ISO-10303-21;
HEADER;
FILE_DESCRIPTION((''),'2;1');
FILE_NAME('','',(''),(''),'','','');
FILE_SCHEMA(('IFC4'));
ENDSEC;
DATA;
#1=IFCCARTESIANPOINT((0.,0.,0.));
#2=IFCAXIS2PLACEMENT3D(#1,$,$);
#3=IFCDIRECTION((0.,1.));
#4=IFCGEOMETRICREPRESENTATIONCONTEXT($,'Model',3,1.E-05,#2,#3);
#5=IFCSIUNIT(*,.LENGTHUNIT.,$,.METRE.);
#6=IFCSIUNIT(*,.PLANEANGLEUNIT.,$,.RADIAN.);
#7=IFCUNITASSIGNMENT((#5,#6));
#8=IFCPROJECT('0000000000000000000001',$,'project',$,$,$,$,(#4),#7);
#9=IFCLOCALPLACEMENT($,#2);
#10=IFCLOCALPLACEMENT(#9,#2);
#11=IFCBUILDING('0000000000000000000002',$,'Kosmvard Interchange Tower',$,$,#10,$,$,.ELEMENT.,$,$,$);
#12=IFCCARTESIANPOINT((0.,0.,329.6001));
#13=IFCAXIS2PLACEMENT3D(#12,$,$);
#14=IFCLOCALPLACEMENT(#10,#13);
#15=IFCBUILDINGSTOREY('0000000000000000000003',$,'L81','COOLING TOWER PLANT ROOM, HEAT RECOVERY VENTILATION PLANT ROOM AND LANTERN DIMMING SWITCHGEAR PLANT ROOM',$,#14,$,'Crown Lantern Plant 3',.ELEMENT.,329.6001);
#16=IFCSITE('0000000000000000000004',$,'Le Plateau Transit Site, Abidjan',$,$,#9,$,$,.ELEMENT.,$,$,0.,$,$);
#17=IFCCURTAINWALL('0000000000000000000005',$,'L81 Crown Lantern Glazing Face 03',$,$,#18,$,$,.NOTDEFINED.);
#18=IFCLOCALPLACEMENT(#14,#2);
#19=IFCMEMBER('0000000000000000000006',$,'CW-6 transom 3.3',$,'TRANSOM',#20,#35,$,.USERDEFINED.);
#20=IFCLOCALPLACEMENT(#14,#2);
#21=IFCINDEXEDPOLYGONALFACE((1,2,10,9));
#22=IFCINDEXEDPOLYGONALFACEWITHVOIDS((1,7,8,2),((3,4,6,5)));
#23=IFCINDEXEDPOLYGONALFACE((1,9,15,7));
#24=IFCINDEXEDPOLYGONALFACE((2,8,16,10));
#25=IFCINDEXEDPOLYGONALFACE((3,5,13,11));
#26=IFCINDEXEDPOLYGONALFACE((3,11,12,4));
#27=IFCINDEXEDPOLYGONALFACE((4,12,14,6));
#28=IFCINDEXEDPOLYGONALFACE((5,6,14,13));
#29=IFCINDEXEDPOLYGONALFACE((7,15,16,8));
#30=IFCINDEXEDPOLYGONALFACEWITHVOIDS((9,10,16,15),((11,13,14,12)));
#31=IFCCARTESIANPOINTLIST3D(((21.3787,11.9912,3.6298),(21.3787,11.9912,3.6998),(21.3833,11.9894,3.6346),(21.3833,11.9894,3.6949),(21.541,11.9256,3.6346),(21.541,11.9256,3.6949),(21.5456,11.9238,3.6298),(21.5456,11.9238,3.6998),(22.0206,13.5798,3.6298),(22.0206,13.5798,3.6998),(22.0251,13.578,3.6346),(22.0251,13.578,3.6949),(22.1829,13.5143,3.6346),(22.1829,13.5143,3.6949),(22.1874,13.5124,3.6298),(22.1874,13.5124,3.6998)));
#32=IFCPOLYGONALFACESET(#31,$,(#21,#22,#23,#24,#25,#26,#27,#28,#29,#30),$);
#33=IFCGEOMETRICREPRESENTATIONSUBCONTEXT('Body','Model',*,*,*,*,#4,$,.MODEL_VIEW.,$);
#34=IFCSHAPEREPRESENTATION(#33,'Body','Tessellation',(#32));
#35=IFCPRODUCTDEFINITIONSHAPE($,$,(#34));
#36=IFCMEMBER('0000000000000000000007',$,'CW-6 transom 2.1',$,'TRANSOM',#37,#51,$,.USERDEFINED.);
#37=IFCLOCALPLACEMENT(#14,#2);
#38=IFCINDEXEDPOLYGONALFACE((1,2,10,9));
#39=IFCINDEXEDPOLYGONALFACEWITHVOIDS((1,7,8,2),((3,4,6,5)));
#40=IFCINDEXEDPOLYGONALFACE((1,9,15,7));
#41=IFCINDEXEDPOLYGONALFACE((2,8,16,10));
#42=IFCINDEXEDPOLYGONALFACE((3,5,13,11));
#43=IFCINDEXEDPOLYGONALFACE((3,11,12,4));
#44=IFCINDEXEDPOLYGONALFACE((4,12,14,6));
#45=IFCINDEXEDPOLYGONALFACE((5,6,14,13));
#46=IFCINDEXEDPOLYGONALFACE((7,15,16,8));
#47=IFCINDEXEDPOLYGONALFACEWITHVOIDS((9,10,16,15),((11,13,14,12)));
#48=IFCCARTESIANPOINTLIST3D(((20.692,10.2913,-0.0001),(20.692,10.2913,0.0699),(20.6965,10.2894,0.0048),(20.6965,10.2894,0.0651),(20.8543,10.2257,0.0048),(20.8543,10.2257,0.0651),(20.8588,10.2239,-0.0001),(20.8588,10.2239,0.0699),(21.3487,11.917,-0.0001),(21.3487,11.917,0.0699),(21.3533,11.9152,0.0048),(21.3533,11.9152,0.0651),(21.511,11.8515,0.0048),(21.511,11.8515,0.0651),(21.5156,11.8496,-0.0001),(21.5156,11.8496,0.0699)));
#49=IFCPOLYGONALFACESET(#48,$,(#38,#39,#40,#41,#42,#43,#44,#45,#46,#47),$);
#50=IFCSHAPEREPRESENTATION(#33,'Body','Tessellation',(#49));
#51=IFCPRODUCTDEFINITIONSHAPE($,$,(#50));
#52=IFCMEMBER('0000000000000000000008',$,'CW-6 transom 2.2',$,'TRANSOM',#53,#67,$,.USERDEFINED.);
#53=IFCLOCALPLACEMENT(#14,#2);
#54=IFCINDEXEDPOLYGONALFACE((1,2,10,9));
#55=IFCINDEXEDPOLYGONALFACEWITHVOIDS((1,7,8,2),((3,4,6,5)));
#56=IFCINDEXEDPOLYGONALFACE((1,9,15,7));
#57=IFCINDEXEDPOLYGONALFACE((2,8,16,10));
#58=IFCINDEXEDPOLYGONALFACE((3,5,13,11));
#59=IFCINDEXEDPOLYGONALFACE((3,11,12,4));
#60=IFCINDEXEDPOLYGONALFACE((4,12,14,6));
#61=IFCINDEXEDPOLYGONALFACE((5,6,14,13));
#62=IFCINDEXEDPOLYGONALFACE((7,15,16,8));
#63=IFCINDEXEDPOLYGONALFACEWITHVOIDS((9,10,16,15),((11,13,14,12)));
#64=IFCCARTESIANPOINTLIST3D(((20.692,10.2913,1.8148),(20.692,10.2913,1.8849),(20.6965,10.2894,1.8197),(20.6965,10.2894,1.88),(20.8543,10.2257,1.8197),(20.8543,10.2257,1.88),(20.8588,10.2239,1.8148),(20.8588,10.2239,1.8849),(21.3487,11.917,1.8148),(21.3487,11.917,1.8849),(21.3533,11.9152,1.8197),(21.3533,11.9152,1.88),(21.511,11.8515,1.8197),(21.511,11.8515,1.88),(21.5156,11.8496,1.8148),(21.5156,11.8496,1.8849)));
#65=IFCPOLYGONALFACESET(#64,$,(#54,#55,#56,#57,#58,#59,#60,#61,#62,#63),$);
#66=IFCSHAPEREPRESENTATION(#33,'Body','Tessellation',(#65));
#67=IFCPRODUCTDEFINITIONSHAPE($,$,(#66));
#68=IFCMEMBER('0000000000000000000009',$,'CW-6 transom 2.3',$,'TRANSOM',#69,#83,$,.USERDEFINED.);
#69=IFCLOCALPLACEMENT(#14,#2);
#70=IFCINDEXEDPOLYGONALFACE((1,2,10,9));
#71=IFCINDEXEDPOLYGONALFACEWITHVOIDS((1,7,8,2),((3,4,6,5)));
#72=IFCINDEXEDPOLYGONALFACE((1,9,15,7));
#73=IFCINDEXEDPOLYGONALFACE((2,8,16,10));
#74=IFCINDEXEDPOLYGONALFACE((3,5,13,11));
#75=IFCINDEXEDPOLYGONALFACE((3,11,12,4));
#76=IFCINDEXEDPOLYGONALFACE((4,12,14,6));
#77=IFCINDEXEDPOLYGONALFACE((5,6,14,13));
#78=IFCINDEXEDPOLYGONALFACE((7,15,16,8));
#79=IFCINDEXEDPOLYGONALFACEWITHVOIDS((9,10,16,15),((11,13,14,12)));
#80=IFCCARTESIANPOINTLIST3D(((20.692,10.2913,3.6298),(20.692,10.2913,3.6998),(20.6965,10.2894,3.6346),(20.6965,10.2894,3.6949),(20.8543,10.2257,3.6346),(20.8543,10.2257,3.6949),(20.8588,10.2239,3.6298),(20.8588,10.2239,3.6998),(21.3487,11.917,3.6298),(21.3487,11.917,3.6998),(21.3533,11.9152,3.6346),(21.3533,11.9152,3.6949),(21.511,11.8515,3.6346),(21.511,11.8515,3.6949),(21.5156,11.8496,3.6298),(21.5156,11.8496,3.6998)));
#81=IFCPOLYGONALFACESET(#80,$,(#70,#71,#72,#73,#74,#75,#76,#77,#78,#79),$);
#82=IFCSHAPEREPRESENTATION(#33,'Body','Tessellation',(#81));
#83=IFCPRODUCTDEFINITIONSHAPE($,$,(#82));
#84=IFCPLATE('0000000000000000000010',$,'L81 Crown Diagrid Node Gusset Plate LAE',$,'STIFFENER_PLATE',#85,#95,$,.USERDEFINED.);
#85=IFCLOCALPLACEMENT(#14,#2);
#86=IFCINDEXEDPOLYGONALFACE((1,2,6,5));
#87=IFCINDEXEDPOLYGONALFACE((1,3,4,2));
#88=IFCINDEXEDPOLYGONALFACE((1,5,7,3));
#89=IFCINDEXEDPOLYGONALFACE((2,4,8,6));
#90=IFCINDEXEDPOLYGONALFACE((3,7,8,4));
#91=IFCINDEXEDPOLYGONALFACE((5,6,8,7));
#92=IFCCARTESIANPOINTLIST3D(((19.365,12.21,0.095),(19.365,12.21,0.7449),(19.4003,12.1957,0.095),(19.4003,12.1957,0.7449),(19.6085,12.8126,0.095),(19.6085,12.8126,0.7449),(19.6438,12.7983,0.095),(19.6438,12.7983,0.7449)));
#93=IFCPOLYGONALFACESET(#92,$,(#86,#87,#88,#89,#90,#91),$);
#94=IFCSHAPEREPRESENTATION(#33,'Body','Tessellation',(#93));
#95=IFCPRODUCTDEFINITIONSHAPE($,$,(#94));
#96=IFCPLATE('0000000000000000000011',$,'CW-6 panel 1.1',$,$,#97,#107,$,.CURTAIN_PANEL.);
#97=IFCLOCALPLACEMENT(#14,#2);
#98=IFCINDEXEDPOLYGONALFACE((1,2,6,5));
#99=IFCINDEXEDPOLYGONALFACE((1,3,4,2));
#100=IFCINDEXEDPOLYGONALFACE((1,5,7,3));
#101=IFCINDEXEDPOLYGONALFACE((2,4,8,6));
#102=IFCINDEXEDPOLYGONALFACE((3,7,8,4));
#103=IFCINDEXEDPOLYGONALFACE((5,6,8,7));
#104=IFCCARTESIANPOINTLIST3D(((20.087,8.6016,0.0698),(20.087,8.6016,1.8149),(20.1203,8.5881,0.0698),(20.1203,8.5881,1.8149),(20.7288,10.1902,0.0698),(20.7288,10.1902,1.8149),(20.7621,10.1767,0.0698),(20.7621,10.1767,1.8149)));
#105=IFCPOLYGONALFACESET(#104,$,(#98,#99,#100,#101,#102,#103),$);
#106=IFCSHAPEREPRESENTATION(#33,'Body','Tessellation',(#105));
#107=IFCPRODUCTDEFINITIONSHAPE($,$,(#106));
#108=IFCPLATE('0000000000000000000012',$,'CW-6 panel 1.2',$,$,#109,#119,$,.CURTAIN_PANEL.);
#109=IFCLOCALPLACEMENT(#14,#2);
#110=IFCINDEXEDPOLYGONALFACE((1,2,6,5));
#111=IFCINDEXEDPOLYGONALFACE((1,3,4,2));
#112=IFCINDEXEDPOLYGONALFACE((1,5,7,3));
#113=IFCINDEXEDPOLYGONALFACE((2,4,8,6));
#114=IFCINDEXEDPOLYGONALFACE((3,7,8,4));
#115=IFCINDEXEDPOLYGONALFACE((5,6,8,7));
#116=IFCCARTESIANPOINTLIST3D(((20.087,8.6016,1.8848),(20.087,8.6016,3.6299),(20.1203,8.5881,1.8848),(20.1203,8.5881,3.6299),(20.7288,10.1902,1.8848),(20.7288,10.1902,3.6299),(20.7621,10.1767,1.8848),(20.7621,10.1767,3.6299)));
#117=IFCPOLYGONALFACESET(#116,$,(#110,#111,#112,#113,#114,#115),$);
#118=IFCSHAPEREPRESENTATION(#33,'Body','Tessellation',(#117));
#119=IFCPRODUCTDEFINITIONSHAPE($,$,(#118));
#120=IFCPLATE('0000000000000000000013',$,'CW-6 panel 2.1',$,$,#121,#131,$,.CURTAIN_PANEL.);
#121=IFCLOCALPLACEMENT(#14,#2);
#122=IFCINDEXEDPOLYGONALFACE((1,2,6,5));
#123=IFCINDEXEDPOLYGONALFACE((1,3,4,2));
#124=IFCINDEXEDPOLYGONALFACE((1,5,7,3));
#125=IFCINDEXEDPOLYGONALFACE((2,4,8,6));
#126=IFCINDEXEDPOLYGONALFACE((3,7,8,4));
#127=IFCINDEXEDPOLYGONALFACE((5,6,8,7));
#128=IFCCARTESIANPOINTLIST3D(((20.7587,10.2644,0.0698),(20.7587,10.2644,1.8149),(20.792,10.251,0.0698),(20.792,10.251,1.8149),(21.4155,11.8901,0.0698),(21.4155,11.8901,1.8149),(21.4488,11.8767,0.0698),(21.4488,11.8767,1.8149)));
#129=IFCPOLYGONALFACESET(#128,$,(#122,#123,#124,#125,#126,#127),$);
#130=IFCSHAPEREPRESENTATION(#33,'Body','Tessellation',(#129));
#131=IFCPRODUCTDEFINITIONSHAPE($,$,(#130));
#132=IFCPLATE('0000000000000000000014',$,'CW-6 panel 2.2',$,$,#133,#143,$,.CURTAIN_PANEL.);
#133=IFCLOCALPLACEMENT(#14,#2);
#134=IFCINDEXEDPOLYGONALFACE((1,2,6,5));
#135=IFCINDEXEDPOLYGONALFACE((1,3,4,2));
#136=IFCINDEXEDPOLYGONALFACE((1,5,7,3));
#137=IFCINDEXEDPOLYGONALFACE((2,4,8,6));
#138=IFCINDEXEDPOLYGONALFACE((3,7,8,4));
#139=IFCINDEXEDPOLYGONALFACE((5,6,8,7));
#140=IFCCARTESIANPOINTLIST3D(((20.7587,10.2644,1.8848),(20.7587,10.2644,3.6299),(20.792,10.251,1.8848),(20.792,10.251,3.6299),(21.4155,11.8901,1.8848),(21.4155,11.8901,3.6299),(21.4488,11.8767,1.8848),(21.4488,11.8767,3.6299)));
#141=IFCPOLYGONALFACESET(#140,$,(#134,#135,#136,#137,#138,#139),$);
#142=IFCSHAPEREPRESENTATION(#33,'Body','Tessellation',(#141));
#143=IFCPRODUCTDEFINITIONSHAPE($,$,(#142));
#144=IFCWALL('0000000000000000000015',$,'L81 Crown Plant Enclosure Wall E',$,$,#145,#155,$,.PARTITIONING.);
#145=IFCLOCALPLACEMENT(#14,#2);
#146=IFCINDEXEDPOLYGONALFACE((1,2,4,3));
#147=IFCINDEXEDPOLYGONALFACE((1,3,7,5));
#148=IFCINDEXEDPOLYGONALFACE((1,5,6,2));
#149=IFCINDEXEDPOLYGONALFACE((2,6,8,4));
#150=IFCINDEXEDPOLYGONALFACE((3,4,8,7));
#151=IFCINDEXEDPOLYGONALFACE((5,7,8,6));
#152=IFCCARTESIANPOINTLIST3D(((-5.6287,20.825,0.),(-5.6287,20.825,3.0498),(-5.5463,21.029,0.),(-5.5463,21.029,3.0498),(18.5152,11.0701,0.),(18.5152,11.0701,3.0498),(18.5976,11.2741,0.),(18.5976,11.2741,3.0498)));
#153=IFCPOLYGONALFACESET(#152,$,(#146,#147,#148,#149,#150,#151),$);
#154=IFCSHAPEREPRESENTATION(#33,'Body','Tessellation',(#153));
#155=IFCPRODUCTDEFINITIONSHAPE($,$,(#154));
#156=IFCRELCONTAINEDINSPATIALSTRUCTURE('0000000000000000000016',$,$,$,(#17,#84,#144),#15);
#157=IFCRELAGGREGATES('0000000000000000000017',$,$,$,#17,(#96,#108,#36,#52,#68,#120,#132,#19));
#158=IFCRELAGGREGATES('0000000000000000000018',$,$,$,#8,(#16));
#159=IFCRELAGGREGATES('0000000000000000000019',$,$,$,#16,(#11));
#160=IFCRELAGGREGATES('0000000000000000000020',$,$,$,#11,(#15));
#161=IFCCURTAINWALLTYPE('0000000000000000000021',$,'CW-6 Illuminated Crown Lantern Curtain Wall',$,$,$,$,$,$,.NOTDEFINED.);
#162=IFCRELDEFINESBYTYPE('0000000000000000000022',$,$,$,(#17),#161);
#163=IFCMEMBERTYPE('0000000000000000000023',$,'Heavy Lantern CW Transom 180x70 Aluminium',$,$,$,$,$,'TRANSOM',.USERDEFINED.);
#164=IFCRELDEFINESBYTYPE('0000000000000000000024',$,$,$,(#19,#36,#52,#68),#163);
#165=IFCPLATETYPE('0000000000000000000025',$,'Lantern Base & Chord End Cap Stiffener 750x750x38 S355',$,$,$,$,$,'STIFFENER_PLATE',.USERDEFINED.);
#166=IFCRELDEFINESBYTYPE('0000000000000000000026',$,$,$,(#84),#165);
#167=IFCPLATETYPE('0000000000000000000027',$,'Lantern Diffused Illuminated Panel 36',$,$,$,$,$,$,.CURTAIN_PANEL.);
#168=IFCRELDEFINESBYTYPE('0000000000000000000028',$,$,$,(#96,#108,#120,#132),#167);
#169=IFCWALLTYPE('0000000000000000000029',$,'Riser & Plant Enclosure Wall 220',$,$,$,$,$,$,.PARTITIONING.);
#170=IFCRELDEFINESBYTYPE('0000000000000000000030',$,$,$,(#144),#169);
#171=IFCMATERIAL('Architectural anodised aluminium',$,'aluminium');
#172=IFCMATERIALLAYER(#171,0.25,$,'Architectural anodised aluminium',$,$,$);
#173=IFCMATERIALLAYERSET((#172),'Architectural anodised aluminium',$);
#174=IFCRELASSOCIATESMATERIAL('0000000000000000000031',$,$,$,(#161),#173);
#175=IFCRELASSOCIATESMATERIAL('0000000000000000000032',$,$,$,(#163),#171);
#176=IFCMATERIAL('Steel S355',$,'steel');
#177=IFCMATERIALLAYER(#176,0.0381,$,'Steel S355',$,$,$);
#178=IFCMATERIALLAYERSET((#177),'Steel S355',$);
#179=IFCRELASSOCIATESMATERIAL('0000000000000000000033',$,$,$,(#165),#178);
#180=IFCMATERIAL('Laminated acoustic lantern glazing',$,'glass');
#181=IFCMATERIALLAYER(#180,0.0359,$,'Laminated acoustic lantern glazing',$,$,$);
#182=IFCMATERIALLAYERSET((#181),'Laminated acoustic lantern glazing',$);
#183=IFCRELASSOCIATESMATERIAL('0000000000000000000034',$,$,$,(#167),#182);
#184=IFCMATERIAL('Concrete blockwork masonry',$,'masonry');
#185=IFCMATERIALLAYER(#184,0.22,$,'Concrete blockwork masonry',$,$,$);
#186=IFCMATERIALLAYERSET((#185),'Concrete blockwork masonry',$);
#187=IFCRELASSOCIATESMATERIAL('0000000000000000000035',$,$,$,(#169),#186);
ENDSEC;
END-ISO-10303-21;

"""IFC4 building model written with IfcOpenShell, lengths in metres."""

from ifc_helpers import new_model, si_unit, direction, frame, frame_2d, origin, origin_2d, place, context, subcontext, project, spatial, rectangle, hollow_rectangle, extrude, source, transform, mapped, material, layer, layer_set, material_profile, profile_set, type_object, element, aggregate, save


model = new_model("IFC4")

# Units and contexts
model_context = context("Model", 3, precision=1e-05, world=origin(), true_north=direction((0.0, 1.0)))
body_context = subcontext(model_context, "Body", "Model", "MODEL_VIEW")
ifc_project = project(units=[si_unit("LENGTHUNIT", "METRE"), si_unit("PLANEANGLEUNIT", "RADIAN")], contexts=[model_context])

# Site, building, storey
site_placement = place(None, origin())
site = spatial("IfcSite", under=ifc_project, at=site_placement, Name="Le Plateau Transit Site, Abidjan", CompositionType="ELEMENT", RefElevation=0.0)
building_placement = place(site_placement, origin())
building = spatial("IfcBuilding", under=site, at=building_placement, Name="Kosmvard Interchange Tower", CompositionType="ELEMENT")
storey_placement = place(building_placement, frame((0.0, 0.0, 329.6001)))
storey = spatial("IfcBuildingStorey", under=building, at=storey_placement, Name="L81", Description="COOLING TOWER PLANT ROOM, HEAT RECOVERY VENTILATION PLANT ROOM AND LANTERN DIMMING SWITCHGEAR PLANT ROOM", LongName="Crown Lantern Plant 3", CompositionType="ELEMENT", Elevation=329.6001)

# Shared definitions
ifc_material_1 = material(Name="Steel S355", Category="steel")

# Curtain wall, members
ifc_material_2 = material(Name="Architectural anodised aluminium", Category="aluminium")
ifc_layer_1 = layer(ifc_material_2, 0.25, Name="Architectural anodised aluminium")
ifc_layer_set_1 = layer_set([ifc_layer_1], Name="Architectural anodised aluminium")
curtain_wall_type = type_object("IfcCurtainWallType", Name="CW-6 Illuminated Crown Lantern Curtain Wall", PredefinedType="NOTDEFINED", material=ifc_layer_set_1)
curtain_wall_placement = place(storey_placement, origin())
curtain_wall = element("IfcCurtainWall", 1, at=curtain_wall_placement, inside=storey, type_object=curtain_wall_type, Name="L81 Crown Lantern Glazing Face 03", PredefinedType="NOTDEFINED")
ifc_material_profile_1 = material_profile(ifc_material_2, hollow_rectangle(XDim=0.1799, YDim=0.0701, WallThickness=0.0049, at=origin_2d()), Name="CWT 180x70x5")
ifc_profile_set_1 = profile_set([ifc_material_profile_1], Name="Architectural anodised aluminium")
member_type_1 = type_object("IfcMemberType", Name="Heavy Lantern CW Transom 180x70 Aluminium", ElementType="TRANSOM", PredefinedType="USERDEFINED", material=ifc_profile_set_1)
shared_shape_1 = source(origin(), body_context, "Body", "SweptSolid", [
    extrude(hollow_rectangle(XDim=0.1799, YDim=0.0701, WallThickness=0.0049, at=origin_2d()), origin(), (0.0, 0.0, 1.0), 1.7134),
])
member_1_placement = place(storey_placement, frame((21.4622, 11.9575, 3.6648), z_axis=(0.374607, 0.927184, 0.0), x_axis=(-0.927184, 0.374607, 0.0)))
member_1 = element("IfcMember", 2, at=member_1_placement, type_object=member_type_1, Name="CW-6 transom 3.3", ObjectType="TRANSOM", PredefinedType="USERDEFINED", context=body_context, shape_type="MappedRepresentation", body=[
    mapped(shared_shape_1, transform((0.0, 0.0, 0.0), scale=1.0)),
])
shared_shape_2 = source(origin(), body_context, "Body", "SweptSolid", [
    extrude(hollow_rectangle(XDim=0.1799, YDim=0.0701, WallThickness=0.0049, at=origin_2d()), origin(), (0.0, 0.0, 1.0), 1.7534),
])
member_2_placement = place(storey_placement, frame((20.7754, 10.2576, 0.0349), z_axis=(0.374557, 0.927204, 0.0), x_axis=(-0.927204, 0.374557, 0.0)))
member_2 = element("IfcMember", 3, at=member_2_placement, type_object=member_type_1, Name="CW-6 transom 2.1", ObjectType="TRANSOM", PredefinedType="USERDEFINED", context=body_context, shape_type="MappedRepresentation", body=[
    mapped(shared_shape_2, transform((0.0, 0.0, 0.0), scale=1.0)),
])
member_3_placement = place(storey_placement, frame((20.7754, 10.2576, 1.8499), z_axis=(0.374557, 0.927204, 0.0), x_axis=(-0.927204, 0.374557, 0.0)))
member_3 = element("IfcMember", 4, at=member_3_placement, type_object=member_type_1, Name="CW-6 transom 2.2", ObjectType="TRANSOM", PredefinedType="USERDEFINED", context=body_context, shape_type="MappedRepresentation", body=[
    mapped(shared_shape_2, transform((0.0, 0.0, 0.0), scale=1.0)),
])
member_4_placement = place(storey_placement, frame((20.7754, 10.2576, 3.6648), z_axis=(0.374557, 0.927204, 0.0), x_axis=(-0.927204, 0.374557, 0.0)))
member_4 = element("IfcMember", 5, at=member_4_placement, type_object=member_type_1, Name="CW-6 transom 2.3", ObjectType="TRANSOM", PredefinedType="USERDEFINED", context=body_context, shape_type="MappedRepresentation", body=[
    mapped(shared_shape_2, transform((0.0, 0.0, 0.0), scale=1.0)),
])

# Plates
ifc_layer_2 = layer(ifc_material_1, 0.0381, Name="Steel S355")
ifc_layer_set_2 = layer_set([ifc_layer_2], Name="Steel S355")
plate_type_1 = type_object("IfcPlateType", Name="Lantern Base & Chord End Cap Stiffener 750x750x38 S355", ElementType="STIFFENER_PLATE", PredefinedType="USERDEFINED", material=ifc_layer_set_2)
shared_shape_3 = source(origin(), body_context, "Body", "SweptSolid", [
    extrude(rectangle(XDim=0.6499, YDim=0.0381, at=origin_2d()), origin(), (0.0, 0.0, 1.0), 0.6499),
])
plate_1_placement = place(storey_placement, frame((19.5044, 12.5042, 0.095), z_axis=(0.0, 0.0, 1.0), x_axis=(0.374607, 0.927184, 0.0)))
element("IfcPlate", 6, at=plate_1_placement, inside=storey, type_object=plate_type_1, Name="L81 Crown Diagrid Node Gusset Plate LAE", ObjectType="STIFFENER_PLATE", PredefinedType="USERDEFINED", context=body_context, shape_type="MappedRepresentation", body=[
    mapped(shared_shape_3, transform((0.0, 0.0, 0.0), scale=1.0)),
])
ifc_material_3 = material(Name="Laminated acoustic lantern glazing", Category="glass")
ifc_layer_3 = layer(ifc_material_3, 0.0359, Name="Laminated acoustic lantern glazing")
ifc_layer_set_3 = layer_set([ifc_layer_3], Name="Laminated acoustic lantern glazing")
plate_type_2 = type_object("IfcPlateType", Name="Lantern Diffused Illuminated Panel 36", PredefinedType="CURTAIN_PANEL", material=ifc_layer_set_3)
shared_shape_4 = source(origin(), body_context, "Body", "SweptSolid", [
    extrude(rectangle(XDim=1.7134, YDim=0.0359, at=origin_2d()), origin(), (0.0, 0.0, 1.0), 1.7451),
])
plate_2_placement = place(storey_placement, frame((20.4246, 9.3892, 0.0698), z_axis=(0.0, 0.0, 1.0), x_axis=(0.374607, 0.927184, 0.0)))
plate_2 = element("IfcPlate", 7, at=plate_2_placement, type_object=plate_type_2, Name="CW-6 panel 1.1", PredefinedType="CURTAIN_PANEL", context=body_context, shape_type="MappedRepresentation", body=[
    mapped(shared_shape_4, transform((0.0, 0.0, 0.0), scale=1.0)),
])
plate_3_placement = place(storey_placement, frame((20.4246, 9.3892, 1.8848), z_axis=(0.0, 0.0, 1.0), x_axis=(0.374607, 0.927184, 0.0)))
plate_3 = element("IfcPlate", 8, at=plate_3_placement, type_object=plate_type_2, Name="CW-6 panel 1.2", PredefinedType="CURTAIN_PANEL", context=body_context, shape_type="MappedRepresentation", body=[
    mapped(shared_shape_4, transform((0.0, 0.0, 0.0), scale=1.0)),
])
shared_shape_5 = source(origin(), body_context, "Body", "SweptSolid", [
    extrude(rectangle(XDim=1.7534, YDim=0.0359, at=origin_2d()), origin(), (0.0, 0.0, 1.0), 1.7451),
])
plate_4_placement = place(storey_placement, frame((21.1038, 11.0706, 0.0698), z_axis=(0.0, 0.0, 1.0), x_axis=(0.374607, 0.927184, 0.0)))
plate_4 = element("IfcPlate", 9, at=plate_4_placement, type_object=plate_type_2, Name="CW-6 panel 2.1", PredefinedType="CURTAIN_PANEL", context=body_context, shape_type="MappedRepresentation", body=[
    mapped(shared_shape_5, transform((0.0, 0.0, 0.0), scale=1.0)),
])
plate_5_placement = place(storey_placement, frame((21.1038, 11.0706, 1.8848), z_axis=(0.0, 0.0, 1.0), x_axis=(0.374607, 0.927184, 0.0)))
plate_5 = element("IfcPlate", 10, at=plate_5_placement, type_object=plate_type_2, Name="CW-6 panel 2.2", PredefinedType="CURTAIN_PANEL", context=body_context, shape_type="MappedRepresentation", body=[
    mapped(shared_shape_5, transform((0.0, 0.0, 0.0), scale=1.0)),
])
aggregate(curtain_wall, [plate_2, plate_3, member_2, member_3, member_4, plate_4, plate_5, member_1])

# Wall
ifc_material_4 = material(Name="Concrete blockwork masonry", Category="masonry")
ifc_layer_4 = layer(ifc_material_4, 0.22, Name="Concrete blockwork masonry")
ifc_layer_set_4 = layer_set([ifc_layer_4], Name="Concrete blockwork masonry")
wall_type = type_object("IfcWallType", Name="Riser & Plant Enclosure Wall 220", PredefinedType="PARTITIONING", material=ifc_layer_set_4)
wall_placement = place(storey_placement, frame((18.5564, 11.1721, 0.0), z_axis=(0.0, 0.0, 1.0), x_axis=(-0.927182, 0.374612, 0.0)))
element("IfcWall", 11, at=wall_placement, inside=storey, type_object=wall_type, Name="L81 Crown Plant Enclosure Wall E", PredefinedType="PARTITIONING", context=body_context, shape_type="SweptSolid", body=[
    extrude(rectangle(XDim=26.04, YDim=0.22, at=frame_2d((13.02, 0.0))), origin(), (0.0, 0.0, 1.0), 3.0498),
])

save(model, "model.ifc")
